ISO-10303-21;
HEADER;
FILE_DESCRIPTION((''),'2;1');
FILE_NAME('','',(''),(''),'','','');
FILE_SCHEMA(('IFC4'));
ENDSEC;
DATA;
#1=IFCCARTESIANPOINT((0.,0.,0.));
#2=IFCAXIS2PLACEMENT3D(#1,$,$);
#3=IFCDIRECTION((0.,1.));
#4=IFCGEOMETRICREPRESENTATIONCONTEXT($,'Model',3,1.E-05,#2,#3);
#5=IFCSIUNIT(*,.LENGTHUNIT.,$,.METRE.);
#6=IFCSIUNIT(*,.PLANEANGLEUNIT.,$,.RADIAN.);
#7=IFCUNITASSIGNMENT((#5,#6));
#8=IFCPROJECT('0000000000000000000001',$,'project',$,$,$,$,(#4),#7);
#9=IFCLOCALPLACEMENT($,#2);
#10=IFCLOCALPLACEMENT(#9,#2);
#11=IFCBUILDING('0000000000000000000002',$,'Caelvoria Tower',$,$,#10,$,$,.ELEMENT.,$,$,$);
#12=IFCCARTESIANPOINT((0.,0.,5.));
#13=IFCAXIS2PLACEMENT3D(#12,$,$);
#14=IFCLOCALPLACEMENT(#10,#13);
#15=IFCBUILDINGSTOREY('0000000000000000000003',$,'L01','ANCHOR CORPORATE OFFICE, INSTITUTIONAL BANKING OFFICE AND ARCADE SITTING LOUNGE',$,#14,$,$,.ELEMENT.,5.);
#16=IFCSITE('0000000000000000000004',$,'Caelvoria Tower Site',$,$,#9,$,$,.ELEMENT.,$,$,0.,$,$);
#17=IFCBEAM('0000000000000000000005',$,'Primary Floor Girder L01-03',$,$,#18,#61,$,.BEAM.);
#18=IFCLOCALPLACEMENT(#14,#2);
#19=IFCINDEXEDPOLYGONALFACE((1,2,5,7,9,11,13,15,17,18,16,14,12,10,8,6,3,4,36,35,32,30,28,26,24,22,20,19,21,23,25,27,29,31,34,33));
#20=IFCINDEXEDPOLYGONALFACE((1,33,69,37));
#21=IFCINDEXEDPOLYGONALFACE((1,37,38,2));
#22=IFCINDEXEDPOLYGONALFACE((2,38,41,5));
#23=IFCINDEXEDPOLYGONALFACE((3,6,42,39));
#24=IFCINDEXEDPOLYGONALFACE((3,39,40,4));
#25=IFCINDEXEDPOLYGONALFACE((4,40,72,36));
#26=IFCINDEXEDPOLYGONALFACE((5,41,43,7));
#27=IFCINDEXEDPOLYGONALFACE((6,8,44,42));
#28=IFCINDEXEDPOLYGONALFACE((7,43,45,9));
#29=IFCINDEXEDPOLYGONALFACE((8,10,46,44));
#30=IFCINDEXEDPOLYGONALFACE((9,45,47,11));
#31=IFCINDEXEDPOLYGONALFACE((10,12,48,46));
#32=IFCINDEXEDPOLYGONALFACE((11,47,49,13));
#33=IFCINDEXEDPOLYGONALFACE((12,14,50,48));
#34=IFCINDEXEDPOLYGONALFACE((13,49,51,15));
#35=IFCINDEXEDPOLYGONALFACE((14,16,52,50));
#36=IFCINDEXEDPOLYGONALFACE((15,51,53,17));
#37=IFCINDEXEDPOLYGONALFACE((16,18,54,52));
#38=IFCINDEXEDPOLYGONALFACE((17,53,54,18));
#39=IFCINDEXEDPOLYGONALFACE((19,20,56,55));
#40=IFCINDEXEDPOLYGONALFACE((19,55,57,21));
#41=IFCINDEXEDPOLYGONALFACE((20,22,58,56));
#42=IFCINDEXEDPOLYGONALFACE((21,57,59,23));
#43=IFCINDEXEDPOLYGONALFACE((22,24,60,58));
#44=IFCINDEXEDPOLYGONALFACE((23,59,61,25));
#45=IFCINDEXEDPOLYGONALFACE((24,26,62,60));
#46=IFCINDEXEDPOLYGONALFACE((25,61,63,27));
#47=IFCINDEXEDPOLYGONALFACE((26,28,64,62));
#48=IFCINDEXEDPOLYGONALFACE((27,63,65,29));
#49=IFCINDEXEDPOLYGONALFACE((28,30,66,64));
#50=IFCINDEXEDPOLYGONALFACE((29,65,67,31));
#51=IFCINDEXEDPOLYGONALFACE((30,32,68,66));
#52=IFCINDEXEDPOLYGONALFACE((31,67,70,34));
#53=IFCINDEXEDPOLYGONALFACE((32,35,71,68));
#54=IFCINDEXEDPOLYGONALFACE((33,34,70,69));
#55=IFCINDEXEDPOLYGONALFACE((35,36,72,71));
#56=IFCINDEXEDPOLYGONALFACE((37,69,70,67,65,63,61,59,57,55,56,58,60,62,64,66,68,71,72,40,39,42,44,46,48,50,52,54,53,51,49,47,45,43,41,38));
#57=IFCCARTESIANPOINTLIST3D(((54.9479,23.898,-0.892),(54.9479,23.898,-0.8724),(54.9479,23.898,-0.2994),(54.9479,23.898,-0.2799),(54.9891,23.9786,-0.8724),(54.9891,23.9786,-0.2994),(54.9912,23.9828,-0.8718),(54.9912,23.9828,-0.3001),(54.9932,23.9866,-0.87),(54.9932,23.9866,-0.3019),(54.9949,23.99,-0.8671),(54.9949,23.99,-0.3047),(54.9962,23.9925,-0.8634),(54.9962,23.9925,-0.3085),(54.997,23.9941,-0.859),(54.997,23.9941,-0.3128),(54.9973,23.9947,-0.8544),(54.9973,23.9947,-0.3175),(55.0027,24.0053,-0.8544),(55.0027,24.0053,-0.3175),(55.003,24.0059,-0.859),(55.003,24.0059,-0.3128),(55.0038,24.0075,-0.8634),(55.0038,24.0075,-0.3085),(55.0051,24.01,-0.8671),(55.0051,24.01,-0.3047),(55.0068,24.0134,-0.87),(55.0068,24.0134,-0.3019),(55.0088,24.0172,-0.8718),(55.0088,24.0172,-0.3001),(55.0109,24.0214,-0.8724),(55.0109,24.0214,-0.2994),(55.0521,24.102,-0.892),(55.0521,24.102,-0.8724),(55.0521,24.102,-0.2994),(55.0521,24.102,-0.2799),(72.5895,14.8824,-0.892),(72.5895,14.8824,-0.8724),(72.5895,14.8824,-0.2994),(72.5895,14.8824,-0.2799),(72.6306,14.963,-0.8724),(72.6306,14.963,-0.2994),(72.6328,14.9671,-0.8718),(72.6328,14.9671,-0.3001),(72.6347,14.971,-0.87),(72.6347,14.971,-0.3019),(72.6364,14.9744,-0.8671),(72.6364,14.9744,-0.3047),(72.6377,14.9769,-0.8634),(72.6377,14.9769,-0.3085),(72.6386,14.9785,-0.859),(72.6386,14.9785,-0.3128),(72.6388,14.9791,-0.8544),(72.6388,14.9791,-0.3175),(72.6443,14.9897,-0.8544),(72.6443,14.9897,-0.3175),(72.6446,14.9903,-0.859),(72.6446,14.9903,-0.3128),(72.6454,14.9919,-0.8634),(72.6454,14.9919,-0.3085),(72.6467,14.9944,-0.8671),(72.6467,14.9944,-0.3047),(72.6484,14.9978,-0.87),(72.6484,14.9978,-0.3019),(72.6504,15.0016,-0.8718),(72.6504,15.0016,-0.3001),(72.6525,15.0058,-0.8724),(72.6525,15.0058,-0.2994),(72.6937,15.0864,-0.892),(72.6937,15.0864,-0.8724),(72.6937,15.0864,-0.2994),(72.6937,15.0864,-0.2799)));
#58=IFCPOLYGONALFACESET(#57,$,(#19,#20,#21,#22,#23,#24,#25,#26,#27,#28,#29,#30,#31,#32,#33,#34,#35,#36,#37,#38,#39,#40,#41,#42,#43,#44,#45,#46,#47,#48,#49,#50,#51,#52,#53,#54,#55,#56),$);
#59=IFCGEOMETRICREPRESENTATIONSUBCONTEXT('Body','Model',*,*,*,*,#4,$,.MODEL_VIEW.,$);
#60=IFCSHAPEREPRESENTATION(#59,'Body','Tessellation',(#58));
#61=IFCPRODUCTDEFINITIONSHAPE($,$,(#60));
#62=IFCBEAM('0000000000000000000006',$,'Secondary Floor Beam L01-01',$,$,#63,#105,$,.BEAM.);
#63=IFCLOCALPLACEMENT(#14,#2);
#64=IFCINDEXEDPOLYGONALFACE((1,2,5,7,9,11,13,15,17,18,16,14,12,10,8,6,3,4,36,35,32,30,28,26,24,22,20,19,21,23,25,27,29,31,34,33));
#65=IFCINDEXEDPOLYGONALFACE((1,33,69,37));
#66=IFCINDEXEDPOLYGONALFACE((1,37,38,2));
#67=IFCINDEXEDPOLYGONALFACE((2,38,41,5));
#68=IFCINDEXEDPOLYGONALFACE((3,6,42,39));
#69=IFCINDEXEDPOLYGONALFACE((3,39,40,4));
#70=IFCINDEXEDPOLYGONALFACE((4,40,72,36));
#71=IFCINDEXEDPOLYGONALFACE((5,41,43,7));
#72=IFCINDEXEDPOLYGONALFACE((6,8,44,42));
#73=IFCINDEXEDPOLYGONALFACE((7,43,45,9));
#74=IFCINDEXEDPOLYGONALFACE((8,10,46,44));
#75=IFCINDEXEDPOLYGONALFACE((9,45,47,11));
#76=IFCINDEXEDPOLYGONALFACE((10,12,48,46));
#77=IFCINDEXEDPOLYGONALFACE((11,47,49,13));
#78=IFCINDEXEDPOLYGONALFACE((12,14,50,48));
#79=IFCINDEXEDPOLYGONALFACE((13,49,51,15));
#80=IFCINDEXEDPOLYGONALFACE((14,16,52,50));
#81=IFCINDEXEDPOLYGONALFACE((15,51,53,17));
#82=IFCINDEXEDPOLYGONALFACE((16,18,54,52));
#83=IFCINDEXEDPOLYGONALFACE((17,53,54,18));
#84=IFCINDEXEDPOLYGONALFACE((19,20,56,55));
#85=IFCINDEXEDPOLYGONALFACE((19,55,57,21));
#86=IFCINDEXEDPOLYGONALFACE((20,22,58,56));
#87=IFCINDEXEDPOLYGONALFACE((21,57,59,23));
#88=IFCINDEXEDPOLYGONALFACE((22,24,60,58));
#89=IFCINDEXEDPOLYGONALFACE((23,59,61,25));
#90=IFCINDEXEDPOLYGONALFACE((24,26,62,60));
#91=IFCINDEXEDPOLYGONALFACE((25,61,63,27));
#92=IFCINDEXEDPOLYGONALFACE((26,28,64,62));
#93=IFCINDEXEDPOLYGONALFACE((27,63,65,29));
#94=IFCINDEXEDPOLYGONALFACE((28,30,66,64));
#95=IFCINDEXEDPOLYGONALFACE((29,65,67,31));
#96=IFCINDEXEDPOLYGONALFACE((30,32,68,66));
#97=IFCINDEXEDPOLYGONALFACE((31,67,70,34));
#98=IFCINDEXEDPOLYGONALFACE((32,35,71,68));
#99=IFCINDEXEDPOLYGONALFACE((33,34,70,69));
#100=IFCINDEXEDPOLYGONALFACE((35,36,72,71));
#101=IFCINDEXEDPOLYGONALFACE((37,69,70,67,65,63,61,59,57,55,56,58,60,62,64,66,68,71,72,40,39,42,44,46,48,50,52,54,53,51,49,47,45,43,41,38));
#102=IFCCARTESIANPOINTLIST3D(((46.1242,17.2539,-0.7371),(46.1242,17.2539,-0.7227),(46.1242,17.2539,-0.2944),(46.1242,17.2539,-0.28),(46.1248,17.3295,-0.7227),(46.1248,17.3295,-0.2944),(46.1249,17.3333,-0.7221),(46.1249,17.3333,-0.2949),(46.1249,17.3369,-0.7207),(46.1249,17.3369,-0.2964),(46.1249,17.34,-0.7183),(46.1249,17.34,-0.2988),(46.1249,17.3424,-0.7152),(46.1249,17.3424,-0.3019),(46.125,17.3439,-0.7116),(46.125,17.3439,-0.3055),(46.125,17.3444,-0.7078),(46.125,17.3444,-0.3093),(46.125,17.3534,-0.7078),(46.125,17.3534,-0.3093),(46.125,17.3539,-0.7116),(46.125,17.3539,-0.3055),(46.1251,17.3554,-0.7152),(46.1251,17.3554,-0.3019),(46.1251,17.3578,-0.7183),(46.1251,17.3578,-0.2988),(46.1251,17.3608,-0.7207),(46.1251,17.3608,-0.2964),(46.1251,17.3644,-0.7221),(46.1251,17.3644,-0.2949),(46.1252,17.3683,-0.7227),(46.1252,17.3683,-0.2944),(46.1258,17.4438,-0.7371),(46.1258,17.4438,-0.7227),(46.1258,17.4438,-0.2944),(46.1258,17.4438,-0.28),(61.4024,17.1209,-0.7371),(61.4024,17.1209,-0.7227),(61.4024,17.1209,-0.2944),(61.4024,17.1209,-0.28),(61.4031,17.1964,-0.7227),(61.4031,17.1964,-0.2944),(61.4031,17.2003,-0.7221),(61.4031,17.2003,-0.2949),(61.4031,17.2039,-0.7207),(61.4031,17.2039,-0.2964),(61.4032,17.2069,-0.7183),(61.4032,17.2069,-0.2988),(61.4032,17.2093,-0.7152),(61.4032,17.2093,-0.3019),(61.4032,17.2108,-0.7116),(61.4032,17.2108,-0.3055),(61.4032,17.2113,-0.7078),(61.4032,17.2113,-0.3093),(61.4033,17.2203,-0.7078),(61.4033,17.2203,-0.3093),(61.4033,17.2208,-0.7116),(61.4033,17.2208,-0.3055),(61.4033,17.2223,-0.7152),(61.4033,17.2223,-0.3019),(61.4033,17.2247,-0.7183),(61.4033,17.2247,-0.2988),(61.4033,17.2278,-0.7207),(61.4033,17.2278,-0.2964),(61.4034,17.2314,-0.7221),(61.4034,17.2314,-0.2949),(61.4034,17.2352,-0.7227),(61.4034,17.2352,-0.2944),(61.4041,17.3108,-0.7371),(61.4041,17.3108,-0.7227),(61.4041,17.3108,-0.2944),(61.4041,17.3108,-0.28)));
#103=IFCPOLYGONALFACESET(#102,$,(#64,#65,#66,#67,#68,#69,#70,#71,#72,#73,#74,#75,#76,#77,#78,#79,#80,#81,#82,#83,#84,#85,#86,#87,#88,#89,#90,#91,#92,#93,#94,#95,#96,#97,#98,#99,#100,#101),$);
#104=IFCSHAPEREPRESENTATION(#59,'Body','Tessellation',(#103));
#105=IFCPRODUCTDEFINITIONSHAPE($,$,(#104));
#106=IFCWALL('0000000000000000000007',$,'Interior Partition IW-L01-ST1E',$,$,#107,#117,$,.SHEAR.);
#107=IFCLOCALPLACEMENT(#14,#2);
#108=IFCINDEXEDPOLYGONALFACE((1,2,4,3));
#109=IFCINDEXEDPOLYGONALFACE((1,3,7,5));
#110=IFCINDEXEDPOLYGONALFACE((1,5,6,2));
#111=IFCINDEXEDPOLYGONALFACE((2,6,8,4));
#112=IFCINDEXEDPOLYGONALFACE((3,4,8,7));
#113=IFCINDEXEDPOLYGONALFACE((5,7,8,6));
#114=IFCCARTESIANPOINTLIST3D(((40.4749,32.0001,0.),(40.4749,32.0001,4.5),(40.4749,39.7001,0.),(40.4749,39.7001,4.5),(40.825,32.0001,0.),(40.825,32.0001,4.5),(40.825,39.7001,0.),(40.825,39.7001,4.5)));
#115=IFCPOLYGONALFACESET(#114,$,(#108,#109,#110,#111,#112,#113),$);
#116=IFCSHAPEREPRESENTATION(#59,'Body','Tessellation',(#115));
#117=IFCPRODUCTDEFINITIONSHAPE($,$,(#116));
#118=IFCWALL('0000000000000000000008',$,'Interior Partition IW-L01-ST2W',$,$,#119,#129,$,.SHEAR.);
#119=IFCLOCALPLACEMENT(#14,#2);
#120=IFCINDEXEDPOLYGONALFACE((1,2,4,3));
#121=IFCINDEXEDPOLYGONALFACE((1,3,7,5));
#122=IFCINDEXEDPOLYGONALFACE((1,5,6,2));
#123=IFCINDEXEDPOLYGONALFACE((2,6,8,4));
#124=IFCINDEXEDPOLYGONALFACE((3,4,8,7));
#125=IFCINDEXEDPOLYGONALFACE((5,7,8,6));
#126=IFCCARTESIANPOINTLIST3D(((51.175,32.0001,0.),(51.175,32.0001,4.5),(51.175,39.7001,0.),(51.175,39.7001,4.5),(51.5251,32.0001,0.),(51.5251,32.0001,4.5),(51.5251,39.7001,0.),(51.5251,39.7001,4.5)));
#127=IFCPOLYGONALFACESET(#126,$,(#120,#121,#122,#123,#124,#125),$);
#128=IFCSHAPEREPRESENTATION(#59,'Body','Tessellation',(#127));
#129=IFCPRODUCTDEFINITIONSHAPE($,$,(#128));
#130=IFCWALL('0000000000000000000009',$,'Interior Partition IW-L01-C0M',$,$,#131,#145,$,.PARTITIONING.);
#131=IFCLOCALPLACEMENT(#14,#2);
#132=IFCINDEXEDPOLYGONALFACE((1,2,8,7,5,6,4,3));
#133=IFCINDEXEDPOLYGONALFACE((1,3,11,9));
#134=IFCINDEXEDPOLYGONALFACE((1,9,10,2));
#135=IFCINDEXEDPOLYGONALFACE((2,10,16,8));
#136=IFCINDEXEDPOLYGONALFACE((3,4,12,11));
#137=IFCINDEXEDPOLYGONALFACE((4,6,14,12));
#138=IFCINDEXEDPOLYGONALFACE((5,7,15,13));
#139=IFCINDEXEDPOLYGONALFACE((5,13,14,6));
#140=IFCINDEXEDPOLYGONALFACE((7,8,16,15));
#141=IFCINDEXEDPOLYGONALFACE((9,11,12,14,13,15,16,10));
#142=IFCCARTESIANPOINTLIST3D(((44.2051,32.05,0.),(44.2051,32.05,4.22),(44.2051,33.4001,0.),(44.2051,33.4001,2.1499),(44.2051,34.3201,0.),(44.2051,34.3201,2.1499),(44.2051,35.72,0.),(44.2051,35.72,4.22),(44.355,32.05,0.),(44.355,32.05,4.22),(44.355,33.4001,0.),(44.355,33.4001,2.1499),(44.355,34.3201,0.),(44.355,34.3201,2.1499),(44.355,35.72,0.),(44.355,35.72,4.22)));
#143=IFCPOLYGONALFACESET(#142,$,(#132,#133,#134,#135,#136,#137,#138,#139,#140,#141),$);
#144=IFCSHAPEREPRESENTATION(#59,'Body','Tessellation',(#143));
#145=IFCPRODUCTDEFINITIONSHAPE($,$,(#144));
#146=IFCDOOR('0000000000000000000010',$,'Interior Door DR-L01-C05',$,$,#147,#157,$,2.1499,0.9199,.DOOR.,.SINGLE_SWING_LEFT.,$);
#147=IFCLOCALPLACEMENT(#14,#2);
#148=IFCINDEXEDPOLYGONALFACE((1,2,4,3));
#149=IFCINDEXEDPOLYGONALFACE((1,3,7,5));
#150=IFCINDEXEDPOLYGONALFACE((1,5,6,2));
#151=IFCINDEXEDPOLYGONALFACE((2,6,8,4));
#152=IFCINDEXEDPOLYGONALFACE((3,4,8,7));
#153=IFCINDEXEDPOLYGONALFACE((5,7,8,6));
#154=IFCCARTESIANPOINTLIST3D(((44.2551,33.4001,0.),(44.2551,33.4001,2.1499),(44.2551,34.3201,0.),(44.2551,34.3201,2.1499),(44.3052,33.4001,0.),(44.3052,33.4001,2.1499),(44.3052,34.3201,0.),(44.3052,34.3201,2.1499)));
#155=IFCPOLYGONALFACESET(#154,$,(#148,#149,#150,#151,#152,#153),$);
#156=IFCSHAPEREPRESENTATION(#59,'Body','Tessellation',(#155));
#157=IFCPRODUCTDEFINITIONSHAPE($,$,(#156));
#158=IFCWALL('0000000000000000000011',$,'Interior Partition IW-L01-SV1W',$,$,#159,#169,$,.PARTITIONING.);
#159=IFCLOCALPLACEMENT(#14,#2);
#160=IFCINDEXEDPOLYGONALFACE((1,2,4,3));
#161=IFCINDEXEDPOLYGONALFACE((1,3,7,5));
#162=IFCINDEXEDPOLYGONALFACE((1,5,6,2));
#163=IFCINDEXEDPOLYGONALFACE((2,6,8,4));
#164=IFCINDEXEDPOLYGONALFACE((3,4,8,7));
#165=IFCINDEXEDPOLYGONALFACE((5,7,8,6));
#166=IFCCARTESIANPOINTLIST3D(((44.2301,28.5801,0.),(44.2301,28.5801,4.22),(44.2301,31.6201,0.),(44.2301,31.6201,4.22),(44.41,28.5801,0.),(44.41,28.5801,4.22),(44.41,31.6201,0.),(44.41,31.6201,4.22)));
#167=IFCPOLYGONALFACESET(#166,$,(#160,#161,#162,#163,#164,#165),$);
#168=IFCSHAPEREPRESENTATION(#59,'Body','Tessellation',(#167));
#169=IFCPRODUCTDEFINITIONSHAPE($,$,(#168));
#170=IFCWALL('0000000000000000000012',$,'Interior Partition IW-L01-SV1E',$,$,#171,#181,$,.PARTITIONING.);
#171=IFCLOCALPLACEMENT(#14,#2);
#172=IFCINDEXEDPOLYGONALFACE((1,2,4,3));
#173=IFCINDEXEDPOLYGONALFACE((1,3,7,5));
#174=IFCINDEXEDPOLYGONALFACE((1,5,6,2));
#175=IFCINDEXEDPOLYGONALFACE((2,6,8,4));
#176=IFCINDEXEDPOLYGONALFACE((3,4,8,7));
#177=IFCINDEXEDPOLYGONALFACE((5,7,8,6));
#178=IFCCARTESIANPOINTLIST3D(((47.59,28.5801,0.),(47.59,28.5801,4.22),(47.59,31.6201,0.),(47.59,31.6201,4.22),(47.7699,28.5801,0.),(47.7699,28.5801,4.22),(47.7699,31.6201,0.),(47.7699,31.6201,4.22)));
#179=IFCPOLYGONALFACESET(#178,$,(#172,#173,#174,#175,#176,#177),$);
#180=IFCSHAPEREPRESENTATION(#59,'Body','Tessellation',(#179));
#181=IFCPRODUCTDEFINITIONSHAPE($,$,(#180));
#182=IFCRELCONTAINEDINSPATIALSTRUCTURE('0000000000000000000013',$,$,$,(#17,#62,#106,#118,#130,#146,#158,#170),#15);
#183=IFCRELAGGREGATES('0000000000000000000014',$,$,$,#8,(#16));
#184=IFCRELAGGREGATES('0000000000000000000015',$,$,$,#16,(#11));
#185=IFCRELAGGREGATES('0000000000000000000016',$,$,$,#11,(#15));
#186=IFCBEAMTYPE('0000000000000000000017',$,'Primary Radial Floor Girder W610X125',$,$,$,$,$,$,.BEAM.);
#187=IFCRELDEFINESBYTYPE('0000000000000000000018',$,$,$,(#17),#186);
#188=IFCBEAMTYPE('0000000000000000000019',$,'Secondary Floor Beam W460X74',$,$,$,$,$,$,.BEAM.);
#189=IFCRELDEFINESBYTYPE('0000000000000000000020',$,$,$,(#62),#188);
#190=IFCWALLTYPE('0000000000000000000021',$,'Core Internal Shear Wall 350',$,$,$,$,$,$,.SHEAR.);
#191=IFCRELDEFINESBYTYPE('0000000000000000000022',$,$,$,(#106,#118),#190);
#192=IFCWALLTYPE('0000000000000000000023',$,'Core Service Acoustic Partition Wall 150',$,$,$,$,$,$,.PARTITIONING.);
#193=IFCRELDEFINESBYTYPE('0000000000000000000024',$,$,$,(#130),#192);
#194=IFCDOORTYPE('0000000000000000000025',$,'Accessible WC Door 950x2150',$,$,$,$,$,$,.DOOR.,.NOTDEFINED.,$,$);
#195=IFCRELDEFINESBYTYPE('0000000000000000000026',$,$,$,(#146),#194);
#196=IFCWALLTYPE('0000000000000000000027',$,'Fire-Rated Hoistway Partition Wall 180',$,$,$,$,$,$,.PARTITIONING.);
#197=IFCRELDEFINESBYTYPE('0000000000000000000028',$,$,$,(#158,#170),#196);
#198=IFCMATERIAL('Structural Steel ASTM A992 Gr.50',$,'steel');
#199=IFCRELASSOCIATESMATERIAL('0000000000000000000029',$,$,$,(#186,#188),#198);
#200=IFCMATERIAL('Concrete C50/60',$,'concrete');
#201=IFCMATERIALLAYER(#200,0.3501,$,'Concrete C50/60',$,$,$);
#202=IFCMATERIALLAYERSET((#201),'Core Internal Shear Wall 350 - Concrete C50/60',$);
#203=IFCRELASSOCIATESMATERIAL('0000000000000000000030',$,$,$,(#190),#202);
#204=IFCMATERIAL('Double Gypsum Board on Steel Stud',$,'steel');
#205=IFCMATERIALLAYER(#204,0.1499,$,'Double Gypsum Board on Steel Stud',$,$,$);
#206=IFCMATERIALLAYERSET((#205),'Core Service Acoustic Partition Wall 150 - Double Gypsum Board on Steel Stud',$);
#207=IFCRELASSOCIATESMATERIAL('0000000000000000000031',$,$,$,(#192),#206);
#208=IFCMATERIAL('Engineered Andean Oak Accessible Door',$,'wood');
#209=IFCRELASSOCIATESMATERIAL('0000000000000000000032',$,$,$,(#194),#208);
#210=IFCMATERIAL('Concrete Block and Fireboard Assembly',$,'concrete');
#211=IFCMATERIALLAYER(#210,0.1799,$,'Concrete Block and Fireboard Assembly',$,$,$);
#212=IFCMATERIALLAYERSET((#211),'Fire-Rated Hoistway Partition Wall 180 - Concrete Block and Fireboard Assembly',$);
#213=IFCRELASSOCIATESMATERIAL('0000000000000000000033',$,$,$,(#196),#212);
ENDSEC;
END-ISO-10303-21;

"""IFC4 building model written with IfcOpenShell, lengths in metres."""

from ifc_helpers import new_model, si_unit, direction, frame, frame_2d, origin, origin_2d, place, context, subcontext, project, spatial, rectangle, i_section, extrude, material, layer, layer_set, material_profile, profile_set, type_object, element, fill, save


model = new_model("IFC4")

# Units and contexts
model_context = context("Model", 3, precision=1e-05, world=origin(), true_north=direction((0.0, 1.0)))
body_context = subcontext(model_context, "Body", "Model", "MODEL_VIEW")
ifc_project = project(units=[si_unit("LENGTHUNIT", "METRE"), si_unit("PLANEANGLEUNIT", "RADIAN")], contexts=[model_context])

# Site, building, storey
site_placement = place(None, origin())
site = spatial("IfcSite", under=ifc_project, at=site_placement, Name="Caelvoria Tower Site", CompositionType="ELEMENT", RefElevation=0.0)
building_placement = place(site_placement, origin())
building = spatial("IfcBuilding", under=site, at=building_placement, Name="Caelvoria Tower", CompositionType="ELEMENT")
storey_placement = place(building_placement, frame((0.0, 0.0, 5.0)))
storey = spatial("IfcBuildingStorey", under=building, at=storey_placement, Name="L01", Description="ANCHOR CORPORATE OFFICE, INSTITUTIONAL BANKING OFFICE AND ARCADE SITTING LOUNGE", CompositionType="ELEMENT", Elevation=5.0)

# Beams
ifc_material_1 = material(Name="Structural Steel ASTM A992 Gr.50", Category="steel")
ifc_material_profile_1 = material_profile(ifc_material_1, i_section(OverallWidth=0.229, OverallDepth=0.6121, WebThickness=0.012, FlangeThickness=0.0195, FilletRadius=0.0181, at=origin_2d()), Name="Structural Steel ASTM A992 Gr.50")
ifc_profile_set_1 = profile_set([ifc_material_profile_1], Name="W610X125 - Structural Steel ASTM A992 Gr.50")
beam_type_1 = type_object("IfcBeamType", Name="Primary Radial Floor Girder W610X125", PredefinedType="BEAM", material=ifc_profile_set_1)
beam_1_placement = place(storey_placement, frame((55.0, 24.0, -0.5859), z_axis=(0.890459, -0.455063, 0.0), x_axis=(0.455063, 0.890459, 0.0)))
element("IfcBeam", 1, at=beam_1_placement, inside=storey, type_object=beam_type_1, Name="Primary Floor Girder L01-03", PredefinedType="BEAM", context=body_context, shape_type="SweptSolid", body=[
    extrude(i_section(OverallWidth=0.229, OverallDepth=0.6121, WebThickness=0.012, FlangeThickness=0.0195, FilletRadius=0.0181, at=origin_2d()), origin(), (0.0, 0.0, 1.0), 19.8118),
])
ifc_material_profile_2 = material_profile(ifc_material_1, i_section(OverallWidth=0.1899, OverallDepth=0.457, WebThickness=0.009, FlangeThickness=0.0144, FilletRadius=0.0149, at=origin_2d()), Name="Structural Steel ASTM A992 Gr.50")
ifc_profile_set_2 = profile_set([ifc_material_profile_2], Name="W460X74 - Structural Steel ASTM A992 Gr.50")
beam_type_2 = type_object("IfcBeamType", Name="Secondary Floor Beam W460X74", PredefinedType="BEAM", material=ifc_profile_set_2)
beam_2_placement = place(storey_placement, frame((46.125, 17.3489, -0.5085), z_axis=(0.999962, -0.008709, 0.0), x_axis=(0.008709, 0.999962, 0.0)))
element("IfcBeam", 2, at=beam_2_placement, inside=storey, type_object=beam_type_2, Name="Secondary Floor Beam L01-01", PredefinedType="BEAM", context=body_context, shape_type="SweptSolid", body=[
    extrude(i_section(OverallWidth=0.1899, OverallDepth=0.457, WebThickness=0.009, FlangeThickness=0.0144, FilletRadius=0.0149, at=origin_2d()), origin(), (0.0, 0.0, 1.0), 15.2788),
])

# Walls
ifc_material_2 = material(Name="Concrete C50/60", Category="concrete")
ifc_layer_1 = layer(ifc_material_2, 0.3501, Name="Concrete C50/60")
ifc_layer_set_1 = layer_set([ifc_layer_1], Name="Core Internal Shear Wall 350 - Concrete C50/60")
wall_type_1 = type_object("IfcWallType", Name="Core Internal Shear Wall 350", PredefinedType="SHEAR", material=ifc_layer_set_1)
for number, where, z_axis, x_axis, name in (
    (3, (40.6499, 32.0, 0.0), (0.0, 0.0, 1.0), (0.0, 1.0, 0.0), "Interior Partition IW-L01-ST1E"),
    (4, (51.3501, 32.0, 0.0), (0.0, 0.0, 1.0), (0.0, 1.0, 0.0), "Interior Partition IW-L01-ST2W"),
):
    element("IfcWall", number, at=place(storey_placement, frame(where, z_axis=z_axis, x_axis=x_axis)), inside=storey, type_object=wall_type_1, Name=name, PredefinedType="SHEAR", context=body_context, shape_type="SweptSolid", body=[
        extrude(rectangle(XDim=7.7, YDim=0.3501, at=frame_2d((3.8501, 0.0))), origin(), (0.0, 0.0, 1.0), 4.5),
    ])

# Wall, opening, door
ifc_material_3 = material(Name="Double Gypsum Board on Steel Stud", Category="steel")
ifc_layer_2 = layer(ifc_material_3, 0.1499, Name="Double Gypsum Board on Steel Stud")
ifc_layer_set_2 = layer_set([ifc_layer_2], Name="Core Service Acoustic Partition Wall 150 - Double Gypsum Board on Steel Stud")
wall_type_2 = type_object("IfcWallType", Name="Core Service Acoustic Partition Wall 150", PredefinedType="PARTITIONING", material=ifc_layer_set_2)
wall_1_placement = place(storey_placement, frame((44.28, 32.05, 0.0), z_axis=(0.0, 0.0, 1.0), x_axis=(0.0, 1.0, 0.0)))
wall_1 = element("IfcWall", 5, at=wall_1_placement, inside=storey, type_object=wall_type_2, Name="Interior Partition IW-L01-C0M", PredefinedType="PARTITIONING", context=body_context, shape_type="SweptSolid", body=[
    extrude(rectangle(XDim=3.6699, YDim=0.1499, at=frame_2d((1.835, 0.0))), origin(), (0.0, 0.0, 1.0), 4.22),
])
opening_1_placement = place(wall_1_placement, frame((1.3501, 0.0, 0.0)))
opening_1 = element("IfcOpeningElement", 6, at=opening_1_placement, cuts=wall_1, PredefinedType="OPENING", context=body_context, shape_type="SweptSolid", body=[
    extrude(rectangle(XDim=0.9199, YDim=2.1499, at=frame_2d((0.46, 1.075))), frame((0.0, 0.085, 0.0), z_axis=(0.0, -1.0, 0.0), x_axis=(1.0, 0.0, 0.0)), (0.0, 0.0, 1.0), 0.1699),
])
ifc_material_4 = material(Name="Engineered Andean Oak Accessible Door", Category="wood")
door_type_1 = type_object("IfcDoorType", Name="Accessible WC Door 950x2150", OperationType="NOTDEFINED", PredefinedType="DOOR", material=ifc_material_4)
door_1_placement = place(opening_1_placement, origin())
door_1 = element("IfcDoor", 7, at=door_1_placement, inside=storey, type_object=door_type_1, Name="Interior Door DR-L01-C05", OperationType="SINGLE_SWING_LEFT", OverallHeight=2.1499, OverallWidth=0.9199, PredefinedType="DOOR", context=body_context, shape_type="SweptSolid", body=[
    extrude(rectangle(XDim=0.9199, YDim=2.1499, at=frame_2d((0.46, 1.075))), frame((0.0, 0.0249, 0.0), z_axis=(0.0, -1.0, 0.0), x_axis=(1.0, 0.0, 0.0)), (0.0, 0.0, 1.0), 0.05),
])
fill(opening_1, door_1)

# Walls
ifc_material_5 = material(Name="Concrete Block and Fireboard Assembly", Category="concrete")
ifc_layer_3 = layer(ifc_material_5, 0.1799, Name="Concrete Block and Fireboard Assembly")
ifc_layer_set_3 = layer_set([ifc_layer_3], Name="Fire-Rated Hoistway Partition Wall 180 - Concrete Block and Fireboard Assembly")
wall_type_3 = type_object("IfcWallType", Name="Fire-Rated Hoistway Partition Wall 180", PredefinedType="PARTITIONING", material=ifc_layer_set_3)
for number, where, z_axis, x_axis, name in (
    (8, (44.3201, 28.5801, 0.0), (0.0, 0.0, 1.0), (0.0, 1.0, 0.0), "Interior Partition IW-L01-SV1W"),
    (9, (47.6799, 28.5801, 0.0), (0.0, 0.0, 1.0), (0.0, 1.0, 0.0), "Interior Partition IW-L01-SV1E"),
):
    element("IfcWall", number, at=place(storey_placement, frame(where, z_axis=z_axis, x_axis=x_axis)), inside=storey, type_object=wall_type_3, Name=name, PredefinedType="PARTITIONING", context=body_context, shape_type="SweptSolid", body=[
        extrude(rectangle(XDim=3.04, YDim=0.1799, at=frame_2d((1.52, 0.0))), origin(), (0.0, 0.0, 1.0), 4.22),
    ])

save(model, "model.ifc")
